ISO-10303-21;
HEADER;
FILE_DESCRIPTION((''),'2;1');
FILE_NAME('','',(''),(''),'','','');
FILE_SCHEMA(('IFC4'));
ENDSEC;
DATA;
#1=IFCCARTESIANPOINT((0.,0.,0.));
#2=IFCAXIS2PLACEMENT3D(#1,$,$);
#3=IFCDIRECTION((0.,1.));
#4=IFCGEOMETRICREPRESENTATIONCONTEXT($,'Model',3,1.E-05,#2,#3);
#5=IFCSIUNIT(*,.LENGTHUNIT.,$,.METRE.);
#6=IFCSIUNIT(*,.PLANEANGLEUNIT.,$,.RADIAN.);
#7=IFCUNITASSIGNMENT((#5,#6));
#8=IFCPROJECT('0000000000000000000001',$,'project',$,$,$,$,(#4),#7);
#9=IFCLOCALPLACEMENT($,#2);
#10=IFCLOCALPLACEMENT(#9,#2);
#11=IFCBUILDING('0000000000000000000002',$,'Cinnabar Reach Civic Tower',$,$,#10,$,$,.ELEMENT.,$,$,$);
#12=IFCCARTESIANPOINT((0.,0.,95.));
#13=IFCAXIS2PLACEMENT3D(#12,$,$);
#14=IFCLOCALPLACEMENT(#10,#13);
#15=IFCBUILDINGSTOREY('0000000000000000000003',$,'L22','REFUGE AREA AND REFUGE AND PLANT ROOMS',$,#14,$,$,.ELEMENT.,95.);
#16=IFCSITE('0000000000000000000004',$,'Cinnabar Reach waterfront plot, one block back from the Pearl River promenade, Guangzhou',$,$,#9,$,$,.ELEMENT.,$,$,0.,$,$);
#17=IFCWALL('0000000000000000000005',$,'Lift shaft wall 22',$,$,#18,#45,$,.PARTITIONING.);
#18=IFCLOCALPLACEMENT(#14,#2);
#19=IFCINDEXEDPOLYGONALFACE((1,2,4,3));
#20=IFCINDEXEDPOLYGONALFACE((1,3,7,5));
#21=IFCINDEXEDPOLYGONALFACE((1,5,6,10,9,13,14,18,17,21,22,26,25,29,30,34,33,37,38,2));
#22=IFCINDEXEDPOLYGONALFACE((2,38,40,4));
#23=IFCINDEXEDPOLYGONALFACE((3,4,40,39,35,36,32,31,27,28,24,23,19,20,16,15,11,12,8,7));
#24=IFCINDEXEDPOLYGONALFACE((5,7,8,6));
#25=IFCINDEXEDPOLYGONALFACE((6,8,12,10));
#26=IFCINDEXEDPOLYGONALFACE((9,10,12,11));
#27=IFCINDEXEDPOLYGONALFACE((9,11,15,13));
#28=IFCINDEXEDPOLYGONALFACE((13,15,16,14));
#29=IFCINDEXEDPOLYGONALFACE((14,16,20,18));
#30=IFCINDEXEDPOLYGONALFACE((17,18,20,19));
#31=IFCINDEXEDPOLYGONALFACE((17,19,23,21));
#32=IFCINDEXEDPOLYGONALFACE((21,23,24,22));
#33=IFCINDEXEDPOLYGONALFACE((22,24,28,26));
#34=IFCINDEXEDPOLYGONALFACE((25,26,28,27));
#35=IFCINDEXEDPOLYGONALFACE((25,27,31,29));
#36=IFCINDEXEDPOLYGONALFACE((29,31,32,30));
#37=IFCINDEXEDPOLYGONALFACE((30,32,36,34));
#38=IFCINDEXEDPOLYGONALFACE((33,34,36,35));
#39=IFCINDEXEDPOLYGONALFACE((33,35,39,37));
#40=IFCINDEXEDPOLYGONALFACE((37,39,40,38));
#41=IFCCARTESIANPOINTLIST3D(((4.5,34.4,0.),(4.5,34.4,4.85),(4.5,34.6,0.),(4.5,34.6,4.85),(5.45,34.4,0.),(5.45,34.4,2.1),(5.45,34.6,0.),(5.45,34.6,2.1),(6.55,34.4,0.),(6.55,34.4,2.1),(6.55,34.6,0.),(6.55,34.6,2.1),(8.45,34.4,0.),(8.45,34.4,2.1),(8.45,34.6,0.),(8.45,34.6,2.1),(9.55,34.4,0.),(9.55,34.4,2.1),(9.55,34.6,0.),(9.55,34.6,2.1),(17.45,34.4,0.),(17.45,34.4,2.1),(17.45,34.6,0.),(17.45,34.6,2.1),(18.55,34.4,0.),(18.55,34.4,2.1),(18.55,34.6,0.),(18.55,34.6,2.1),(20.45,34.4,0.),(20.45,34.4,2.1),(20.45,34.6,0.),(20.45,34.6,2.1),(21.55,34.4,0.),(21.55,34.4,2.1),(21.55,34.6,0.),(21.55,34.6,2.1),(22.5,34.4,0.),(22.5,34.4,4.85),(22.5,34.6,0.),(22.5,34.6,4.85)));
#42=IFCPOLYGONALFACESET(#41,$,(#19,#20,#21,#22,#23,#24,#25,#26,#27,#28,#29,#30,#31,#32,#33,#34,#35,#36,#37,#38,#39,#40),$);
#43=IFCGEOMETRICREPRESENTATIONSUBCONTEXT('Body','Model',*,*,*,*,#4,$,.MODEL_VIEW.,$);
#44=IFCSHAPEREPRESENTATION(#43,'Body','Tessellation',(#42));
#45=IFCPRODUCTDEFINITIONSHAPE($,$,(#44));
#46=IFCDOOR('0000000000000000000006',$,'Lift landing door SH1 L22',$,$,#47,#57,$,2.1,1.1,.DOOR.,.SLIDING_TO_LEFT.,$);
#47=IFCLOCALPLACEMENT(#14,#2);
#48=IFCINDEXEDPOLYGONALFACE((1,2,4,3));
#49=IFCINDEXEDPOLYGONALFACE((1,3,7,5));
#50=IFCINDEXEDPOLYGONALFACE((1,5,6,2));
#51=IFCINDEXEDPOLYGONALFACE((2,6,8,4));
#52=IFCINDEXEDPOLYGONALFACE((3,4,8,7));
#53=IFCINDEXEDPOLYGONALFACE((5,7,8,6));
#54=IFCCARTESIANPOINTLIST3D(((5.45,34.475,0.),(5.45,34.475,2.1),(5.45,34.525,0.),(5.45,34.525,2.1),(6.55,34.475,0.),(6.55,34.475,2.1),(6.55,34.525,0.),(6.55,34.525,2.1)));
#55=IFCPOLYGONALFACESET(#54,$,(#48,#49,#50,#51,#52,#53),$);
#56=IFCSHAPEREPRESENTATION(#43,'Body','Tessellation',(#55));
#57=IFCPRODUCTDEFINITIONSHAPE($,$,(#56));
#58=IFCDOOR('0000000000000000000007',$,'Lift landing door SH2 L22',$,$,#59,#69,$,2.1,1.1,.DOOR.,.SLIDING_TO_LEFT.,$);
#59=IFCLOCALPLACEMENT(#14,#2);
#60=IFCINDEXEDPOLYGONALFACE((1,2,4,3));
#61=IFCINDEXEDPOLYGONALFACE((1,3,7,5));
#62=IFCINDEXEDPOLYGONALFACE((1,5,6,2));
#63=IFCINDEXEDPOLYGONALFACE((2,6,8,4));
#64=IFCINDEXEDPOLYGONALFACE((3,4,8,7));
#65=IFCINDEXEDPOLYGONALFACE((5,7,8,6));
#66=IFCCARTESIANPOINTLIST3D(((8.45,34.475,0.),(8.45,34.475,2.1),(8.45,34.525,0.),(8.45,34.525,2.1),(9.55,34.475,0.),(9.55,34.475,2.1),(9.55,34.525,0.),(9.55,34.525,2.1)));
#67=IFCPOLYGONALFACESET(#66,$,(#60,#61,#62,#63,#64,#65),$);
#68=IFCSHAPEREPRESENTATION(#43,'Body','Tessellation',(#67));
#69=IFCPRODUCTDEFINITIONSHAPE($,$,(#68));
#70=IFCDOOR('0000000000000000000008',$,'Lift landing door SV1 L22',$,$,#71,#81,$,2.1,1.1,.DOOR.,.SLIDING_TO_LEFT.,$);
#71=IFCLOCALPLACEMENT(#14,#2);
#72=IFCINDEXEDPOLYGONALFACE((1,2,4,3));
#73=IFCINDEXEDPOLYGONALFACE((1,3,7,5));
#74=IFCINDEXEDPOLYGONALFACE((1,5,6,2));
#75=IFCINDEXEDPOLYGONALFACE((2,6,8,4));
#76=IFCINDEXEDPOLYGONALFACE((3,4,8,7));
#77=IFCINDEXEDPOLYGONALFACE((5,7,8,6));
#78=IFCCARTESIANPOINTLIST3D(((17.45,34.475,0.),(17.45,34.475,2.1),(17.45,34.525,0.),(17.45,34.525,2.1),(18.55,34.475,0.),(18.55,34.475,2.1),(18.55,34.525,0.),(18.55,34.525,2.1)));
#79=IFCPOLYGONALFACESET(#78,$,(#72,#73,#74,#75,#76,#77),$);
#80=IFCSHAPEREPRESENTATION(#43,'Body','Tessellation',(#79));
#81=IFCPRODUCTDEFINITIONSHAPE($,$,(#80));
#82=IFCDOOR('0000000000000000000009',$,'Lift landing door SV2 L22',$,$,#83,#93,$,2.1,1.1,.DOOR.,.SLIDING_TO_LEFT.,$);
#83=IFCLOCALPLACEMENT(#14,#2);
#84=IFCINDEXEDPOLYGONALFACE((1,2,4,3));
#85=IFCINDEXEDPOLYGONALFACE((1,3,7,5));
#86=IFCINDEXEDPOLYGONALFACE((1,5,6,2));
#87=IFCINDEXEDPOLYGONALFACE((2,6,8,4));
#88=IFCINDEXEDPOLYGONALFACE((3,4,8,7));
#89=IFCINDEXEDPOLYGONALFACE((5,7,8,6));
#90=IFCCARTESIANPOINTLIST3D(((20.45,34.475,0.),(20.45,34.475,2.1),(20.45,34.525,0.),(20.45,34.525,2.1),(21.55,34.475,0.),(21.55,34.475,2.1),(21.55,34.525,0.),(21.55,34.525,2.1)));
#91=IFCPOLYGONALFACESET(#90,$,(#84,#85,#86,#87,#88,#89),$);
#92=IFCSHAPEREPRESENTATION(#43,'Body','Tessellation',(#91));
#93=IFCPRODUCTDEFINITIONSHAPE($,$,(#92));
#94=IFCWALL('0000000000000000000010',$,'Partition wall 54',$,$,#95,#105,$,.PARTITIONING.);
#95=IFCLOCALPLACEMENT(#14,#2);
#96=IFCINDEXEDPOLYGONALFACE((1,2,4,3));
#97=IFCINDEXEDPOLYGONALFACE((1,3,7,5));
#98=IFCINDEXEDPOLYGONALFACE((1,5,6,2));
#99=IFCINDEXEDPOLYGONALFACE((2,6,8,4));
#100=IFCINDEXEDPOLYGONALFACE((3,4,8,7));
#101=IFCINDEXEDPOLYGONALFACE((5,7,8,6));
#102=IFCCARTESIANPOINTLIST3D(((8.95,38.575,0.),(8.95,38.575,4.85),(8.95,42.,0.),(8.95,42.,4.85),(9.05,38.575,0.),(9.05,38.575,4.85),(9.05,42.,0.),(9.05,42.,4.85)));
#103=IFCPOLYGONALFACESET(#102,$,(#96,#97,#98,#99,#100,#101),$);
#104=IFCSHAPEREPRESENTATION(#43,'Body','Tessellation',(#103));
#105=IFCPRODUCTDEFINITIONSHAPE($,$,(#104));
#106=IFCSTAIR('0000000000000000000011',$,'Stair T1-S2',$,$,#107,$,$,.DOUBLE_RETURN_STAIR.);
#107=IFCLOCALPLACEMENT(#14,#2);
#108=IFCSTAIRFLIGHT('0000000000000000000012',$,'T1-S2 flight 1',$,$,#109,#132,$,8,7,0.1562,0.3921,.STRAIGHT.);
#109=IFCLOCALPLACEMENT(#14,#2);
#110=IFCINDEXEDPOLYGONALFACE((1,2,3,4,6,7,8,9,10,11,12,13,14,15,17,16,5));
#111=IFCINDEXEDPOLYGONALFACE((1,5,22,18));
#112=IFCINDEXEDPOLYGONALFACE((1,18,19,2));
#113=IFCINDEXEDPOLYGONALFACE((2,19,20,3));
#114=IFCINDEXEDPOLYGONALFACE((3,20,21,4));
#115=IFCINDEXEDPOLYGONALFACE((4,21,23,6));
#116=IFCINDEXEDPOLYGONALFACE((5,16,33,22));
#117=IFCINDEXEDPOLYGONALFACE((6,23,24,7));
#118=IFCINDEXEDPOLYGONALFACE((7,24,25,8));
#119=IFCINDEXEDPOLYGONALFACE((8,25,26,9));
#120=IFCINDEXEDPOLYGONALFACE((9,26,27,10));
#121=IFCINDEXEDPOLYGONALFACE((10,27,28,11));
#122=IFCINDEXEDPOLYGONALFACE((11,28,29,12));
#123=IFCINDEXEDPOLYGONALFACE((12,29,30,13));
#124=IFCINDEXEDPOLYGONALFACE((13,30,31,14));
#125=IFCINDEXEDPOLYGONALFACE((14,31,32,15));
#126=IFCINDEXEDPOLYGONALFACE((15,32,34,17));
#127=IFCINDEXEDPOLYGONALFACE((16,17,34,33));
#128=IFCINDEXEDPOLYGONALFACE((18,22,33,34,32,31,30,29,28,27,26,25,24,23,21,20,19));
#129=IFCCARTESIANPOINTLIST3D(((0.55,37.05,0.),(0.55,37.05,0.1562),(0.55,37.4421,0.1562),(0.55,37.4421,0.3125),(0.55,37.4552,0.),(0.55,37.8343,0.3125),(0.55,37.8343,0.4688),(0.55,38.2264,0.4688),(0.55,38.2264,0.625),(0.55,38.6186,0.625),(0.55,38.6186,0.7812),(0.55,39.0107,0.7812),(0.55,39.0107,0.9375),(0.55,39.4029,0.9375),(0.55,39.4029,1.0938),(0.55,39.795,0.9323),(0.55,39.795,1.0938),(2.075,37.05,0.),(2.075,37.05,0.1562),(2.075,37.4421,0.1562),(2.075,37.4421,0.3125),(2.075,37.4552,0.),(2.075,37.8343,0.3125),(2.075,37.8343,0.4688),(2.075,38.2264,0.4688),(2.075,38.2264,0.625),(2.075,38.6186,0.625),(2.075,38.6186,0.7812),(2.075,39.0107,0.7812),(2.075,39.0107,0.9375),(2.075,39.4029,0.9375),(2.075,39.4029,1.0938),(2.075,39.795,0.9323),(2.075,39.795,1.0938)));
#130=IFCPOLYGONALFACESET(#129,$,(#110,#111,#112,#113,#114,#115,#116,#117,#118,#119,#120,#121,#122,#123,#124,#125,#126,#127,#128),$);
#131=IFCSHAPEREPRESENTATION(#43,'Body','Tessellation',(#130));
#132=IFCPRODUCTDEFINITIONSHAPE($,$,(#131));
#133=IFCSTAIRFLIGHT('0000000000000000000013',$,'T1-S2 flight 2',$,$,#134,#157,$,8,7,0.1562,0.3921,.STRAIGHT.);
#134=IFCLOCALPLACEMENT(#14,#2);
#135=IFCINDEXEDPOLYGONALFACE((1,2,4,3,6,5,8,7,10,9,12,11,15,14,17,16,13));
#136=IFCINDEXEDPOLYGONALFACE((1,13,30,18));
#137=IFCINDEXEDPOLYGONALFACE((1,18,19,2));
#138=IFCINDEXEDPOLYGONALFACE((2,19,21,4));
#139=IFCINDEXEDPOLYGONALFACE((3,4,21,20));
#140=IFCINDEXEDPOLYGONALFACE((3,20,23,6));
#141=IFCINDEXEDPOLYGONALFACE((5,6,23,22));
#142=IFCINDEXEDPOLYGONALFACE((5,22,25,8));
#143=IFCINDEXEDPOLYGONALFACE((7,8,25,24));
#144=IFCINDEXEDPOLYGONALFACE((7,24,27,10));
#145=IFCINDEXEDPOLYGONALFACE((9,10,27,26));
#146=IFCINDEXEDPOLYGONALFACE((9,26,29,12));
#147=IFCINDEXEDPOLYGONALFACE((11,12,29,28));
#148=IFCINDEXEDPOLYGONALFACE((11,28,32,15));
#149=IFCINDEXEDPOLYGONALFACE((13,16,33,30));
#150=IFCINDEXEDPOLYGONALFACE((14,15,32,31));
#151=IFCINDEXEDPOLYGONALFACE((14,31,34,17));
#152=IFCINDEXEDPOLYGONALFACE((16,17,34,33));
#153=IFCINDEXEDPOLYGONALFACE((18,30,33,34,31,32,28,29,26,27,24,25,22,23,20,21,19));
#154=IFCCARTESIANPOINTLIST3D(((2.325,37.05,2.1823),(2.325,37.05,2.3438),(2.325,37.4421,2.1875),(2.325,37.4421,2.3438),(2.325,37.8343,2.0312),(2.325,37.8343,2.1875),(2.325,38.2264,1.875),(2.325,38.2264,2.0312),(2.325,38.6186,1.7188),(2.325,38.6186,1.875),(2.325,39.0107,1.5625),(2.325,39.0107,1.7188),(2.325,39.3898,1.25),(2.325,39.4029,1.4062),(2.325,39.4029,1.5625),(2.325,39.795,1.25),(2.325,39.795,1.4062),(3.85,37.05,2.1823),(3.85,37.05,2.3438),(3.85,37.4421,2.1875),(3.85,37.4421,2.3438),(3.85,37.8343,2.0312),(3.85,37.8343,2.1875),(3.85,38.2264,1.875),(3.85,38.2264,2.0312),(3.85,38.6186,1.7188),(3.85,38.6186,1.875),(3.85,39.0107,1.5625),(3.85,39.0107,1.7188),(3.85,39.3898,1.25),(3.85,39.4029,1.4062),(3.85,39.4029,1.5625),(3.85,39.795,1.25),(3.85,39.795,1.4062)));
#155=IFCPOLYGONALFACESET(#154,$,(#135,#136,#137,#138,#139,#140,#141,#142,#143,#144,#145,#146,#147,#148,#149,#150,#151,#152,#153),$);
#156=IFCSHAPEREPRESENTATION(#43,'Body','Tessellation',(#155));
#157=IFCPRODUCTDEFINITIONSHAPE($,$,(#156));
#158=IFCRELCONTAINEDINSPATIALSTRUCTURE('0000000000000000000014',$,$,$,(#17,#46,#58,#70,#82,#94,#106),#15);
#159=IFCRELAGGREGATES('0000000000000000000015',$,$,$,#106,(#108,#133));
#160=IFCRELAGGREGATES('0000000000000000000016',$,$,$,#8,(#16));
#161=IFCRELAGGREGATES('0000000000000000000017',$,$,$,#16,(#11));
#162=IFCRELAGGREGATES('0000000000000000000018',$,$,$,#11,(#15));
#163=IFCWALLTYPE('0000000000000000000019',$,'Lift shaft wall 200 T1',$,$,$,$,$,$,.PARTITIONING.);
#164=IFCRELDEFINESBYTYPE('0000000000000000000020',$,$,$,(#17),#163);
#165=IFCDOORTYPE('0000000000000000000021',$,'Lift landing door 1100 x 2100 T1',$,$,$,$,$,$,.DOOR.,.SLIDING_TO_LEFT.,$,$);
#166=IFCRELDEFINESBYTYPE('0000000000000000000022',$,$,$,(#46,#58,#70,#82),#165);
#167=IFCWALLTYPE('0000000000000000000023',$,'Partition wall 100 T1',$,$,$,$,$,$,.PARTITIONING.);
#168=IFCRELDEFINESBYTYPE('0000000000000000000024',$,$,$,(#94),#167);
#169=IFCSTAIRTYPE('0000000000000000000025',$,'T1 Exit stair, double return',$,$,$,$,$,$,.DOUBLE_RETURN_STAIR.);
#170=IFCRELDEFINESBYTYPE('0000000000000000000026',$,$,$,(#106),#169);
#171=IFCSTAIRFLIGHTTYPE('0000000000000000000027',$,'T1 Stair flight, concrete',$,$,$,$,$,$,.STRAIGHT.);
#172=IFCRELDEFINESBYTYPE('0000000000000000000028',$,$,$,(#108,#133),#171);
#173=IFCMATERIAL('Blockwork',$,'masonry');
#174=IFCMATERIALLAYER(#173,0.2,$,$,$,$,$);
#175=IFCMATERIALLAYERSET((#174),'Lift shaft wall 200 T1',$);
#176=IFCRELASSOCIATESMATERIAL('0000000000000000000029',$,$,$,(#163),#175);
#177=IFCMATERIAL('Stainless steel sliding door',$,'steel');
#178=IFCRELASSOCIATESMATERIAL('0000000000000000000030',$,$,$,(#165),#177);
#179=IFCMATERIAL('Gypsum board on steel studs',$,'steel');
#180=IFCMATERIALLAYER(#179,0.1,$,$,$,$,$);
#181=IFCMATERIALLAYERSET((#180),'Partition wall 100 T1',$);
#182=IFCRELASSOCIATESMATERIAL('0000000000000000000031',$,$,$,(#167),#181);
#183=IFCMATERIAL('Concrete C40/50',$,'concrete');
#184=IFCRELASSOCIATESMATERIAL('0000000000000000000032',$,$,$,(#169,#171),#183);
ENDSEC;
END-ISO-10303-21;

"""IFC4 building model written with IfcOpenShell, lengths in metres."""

from ifc_helpers import new_model, si_unit, direction, frame, frame_2d, origin, place, context, subcontext, project, spatial, polyline, rectangle, outline, extrude, material, layer, layer_set, type_object, element, fill, aggregate, save


model = new_model("IFC4")

# Units and contexts
model_context = context("Model", 3, precision=1e-05, world=origin(), true_north=direction((0.0, 1.0)))
body_context = subcontext(model_context, "Body", "Model", "MODEL_VIEW")
ifc_project = project(units=[si_unit("LENGTHUNIT", "METRE"), si_unit("PLANEANGLEUNIT", "RADIAN")], contexts=[model_context])

# Site, building, storey
site_placement = place(None, origin())
site = spatial("IfcSite", under=ifc_project, at=site_placement, Name="Cinnabar Reach waterfront plot, one block back from the Pearl River promenade, Guangzhou", CompositionType="ELEMENT", RefElevation=0.0)
building_placement = place(site_placement, origin())
building = spatial("IfcBuilding", under=site, at=building_placement, Name="Cinnabar Reach Civic Tower", CompositionType="ELEMENT")
storey_placement = place(building_placement, frame((0.0, 0.0, 95.0)))
storey = spatial("IfcBuildingStorey", under=building, at=storey_placement, Name="L22", Description="REFUGE AREA AND REFUGE AND PLANT ROOMS", CompositionType="ELEMENT", Elevation=95.0)

# Wall, openings, doors
ifc_material_1 = material(Name="Blockwork", Category="masonry")
ifc_layer_1 = layer(ifc_material_1, 0.2)
ifc_layer_set_1 = layer_set([ifc_layer_1], Name="Lift shaft wall 200 T1")
wall_type_1 = type_object("IfcWallType", Name="Lift shaft wall 200 T1", PredefinedType="PARTITIONING", material=ifc_layer_set_1)
wall_1_placement = place(storey_placement, frame((4.5, 34.5, 0.0), z_axis=(0.0, 0.0, 1.0), x_axis=(1.0, 0.0, 0.0)))
wall_1 = element("IfcWall", 1, at=wall_1_placement, inside=storey, type_object=wall_type_1, Name="Lift shaft wall 22", PredefinedType="PARTITIONING", context=body_context, shape_type="SweptSolid", body=[
    extrude(rectangle(XDim=18.0, YDim=0.2, at=frame_2d((9.0, 0.0))), origin(), (0.0, 0.0, 1.0), 4.85),
])
opening_1_placement = place(wall_1_placement, frame((0.95, 0.0, 0.0)))
opening_1 = element("IfcOpeningElement", 2, at=opening_1_placement, cuts=wall_1, PredefinedType="OPENING", context=body_context, shape_type="SweptSolid", body=[
    extrude(rectangle(XDim=1.1, YDim=2.1, at=frame_2d((0.55, 1.05))), frame((0.0, 0.11, 0.0), z_axis=(0.0, -1.0, 0.0), x_axis=(1.0, 0.0, 0.0)), (0.0, 0.0, 1.0), 0.22),
])
opening_2_placement = place(wall_1_placement, frame((3.95, 0.0, 0.0)))
opening_2 = element("IfcOpeningElement", 3, at=opening_2_placement, cuts=wall_1, PredefinedType="OPENING", context=body_context, shape_type="SweptSolid", body=[
    extrude(rectangle(XDim=1.1, YDim=2.1, at=frame_2d((0.55, 1.05))), frame((0.0, 0.11, 0.0), z_axis=(0.0, -1.0, 0.0), x_axis=(1.0, 0.0, 0.0)), (0.0, 0.0, 1.0), 0.22),
])
opening_3_placement = place(wall_1_placement, frame((12.95, 0.0, 0.0)))
opening_3 = element("IfcOpeningElement", 4, at=opening_3_placement, cuts=wall_1, PredefinedType="OPENING", context=body_context, shape_type="SweptSolid", body=[
    extrude(rectangle(XDim=1.1, YDim=2.1, at=frame_2d((0.55, 1.05))), frame((0.0, 0.11, 0.0), z_axis=(0.0, -1.0, 0.0), x_axis=(1.0, 0.0, 0.0)), (0.0, 0.0, 1.0), 0.22),
])
opening_4_placement = place(wall_1_placement, frame((15.95, 0.0, 0.0)))
opening_4 = element("IfcOpeningElement", 5, at=opening_4_placement, cuts=wall_1, PredefinedType="OPENING", context=body_context, shape_type="SweptSolid", body=[
    extrude(rectangle(XDim=1.1, YDim=2.1, at=frame_2d((0.55, 1.05))), frame((0.0, 0.11, 0.0), z_axis=(0.0, -1.0, 0.0), x_axis=(1.0, 0.0, 0.0)), (0.0, 0.0, 1.0), 0.22),
])
ifc_material_2 = material(Name="Stainless steel sliding door", Category="steel")
door_type_1 = type_object("IfcDoorType", Name="Lift landing door 1100 x 2100 T1", OperationType="SLIDING_TO_LEFT", PredefinedType="DOOR", material=ifc_material_2)
door_1_placement = place(opening_1_placement, origin())
door_1 = element("IfcDoor", 6, at=door_1_placement, inside=storey, type_object=door_type_1, Name="Lift landing door SH1 L22", OperationType="SLIDING_TO_LEFT", OverallHeight=2.1, OverallWidth=1.1, PredefinedType="DOOR", context=body_context, shape_type="SweptSolid", body=[
    extrude(rectangle(XDim=1.1, YDim=2.1, at=frame_2d((0.55, 1.05))), frame((0.0, 0.025, 0.0), z_axis=(0.0, -1.0, 0.0), x_axis=(1.0, 0.0, 0.0)), (0.0, 0.0, 1.0), 0.05),
])
fill(opening_1, door_1)
door_2_placement = place(opening_2_placement, origin())
door_2 = element("IfcDoor", 7, at=door_2_placement, inside=storey, type_object=door_type_1, Name="Lift landing door SH2 L22", OperationType="SLIDING_TO_LEFT", OverallHeight=2.1, OverallWidth=1.1, PredefinedType="DOOR", context=body_context, shape_type="SweptSolid", body=[
    extrude(rectangle(XDim=1.1, YDim=2.1, at=frame_2d((0.55, 1.05))), frame((0.0, 0.025, 0.0), z_axis=(0.0, -1.0, 0.0), x_axis=(1.0, 0.0, 0.0)), (0.0, 0.0, 1.0), 0.05),
])
fill(opening_2, door_2)
door_3_placement = place(opening_3_placement, origin())
door_3 = element("IfcDoor", 8, at=door_3_placement, inside=storey, type_object=door_type_1, Name="Lift landing door SV1 L22", OperationType="SLIDING_TO_LEFT", OverallHeight=2.1, OverallWidth=1.1, PredefinedType="DOOR", context=body_context, shape_type="SweptSolid", body=[
    extrude(rectangle(XDim=1.1, YDim=2.1, at=frame_2d((0.55, 1.05))), frame((0.0, 0.025, 0.0), z_axis=(0.0, -1.0, 0.0), x_axis=(1.0, 0.0, 0.0)), (0.0, 0.0, 1.0), 0.05),
])
fill(opening_3, door_3)
door_4_placement = place(opening_4_placement, origin())
door_4 = element("IfcDoor", 9, at=door_4_placement, inside=storey, type_object=door_type_1, Name="Lift landing door SV2 L22", OperationType="SLIDING_TO_LEFT", OverallHeight=2.1, OverallWidth=1.1, PredefinedType="DOOR", context=body_context, shape_type="SweptSolid", body=[
    extrude(rectangle(XDim=1.1, YDim=2.1, at=frame_2d((0.55, 1.05))), frame((0.0, 0.025, 0.0), z_axis=(0.0, -1.0, 0.0), x_axis=(1.0, 0.0, 0.0)), (0.0, 0.0, 1.0), 0.05),
])
fill(opening_4, door_4)

# Wall
ifc_material_3 = material(Name="Gypsum board on steel studs", Category="steel")
ifc_layer_2 = layer(ifc_material_3, 0.1)
ifc_layer_set_2 = layer_set([ifc_layer_2], Name="Partition wall 100 T1")
wall_type_2 = type_object("IfcWallType", Name="Partition wall 100 T1", PredefinedType="PARTITIONING", material=ifc_layer_set_2)
wall_2_placement = place(storey_placement, frame((9.0, 38.575, 0.0), z_axis=(0.0, 0.0, 1.0), x_axis=(0.0, 1.0, 0.0)))
element("IfcWall", 10, at=wall_2_placement, inside=storey, type_object=wall_type_2, Name="Partition wall 54", PredefinedType="PARTITIONING", context=body_context, shape_type="SweptSolid", body=[
    extrude(rectangle(XDim=3.425, YDim=0.1, at=frame_2d((1.7125, 0.0))), origin(), (0.0, 0.0, 1.0), 4.85),
])

# Stair, stair flights
ifc_material_4 = material(Name="Concrete C40/50", Category="concrete")
stair_type = type_object("IfcStairType", Name="T1 Exit stair, double return", PredefinedType="DOUBLE_RETURN_STAIR", material=ifc_material_4)
stair_placement = place(storey_placement, origin())
stair = element("IfcStair", 11, at=stair_placement, inside=storey, type_object=stair_type, Name="Stair T1-S2", PredefinedType="DOUBLE_RETURN_STAIR")
stair_flight_type = type_object("IfcStairFlightType", Name="T1 Stair flight, concrete", PredefinedType="STRAIGHT", material=ifc_material_4)
stair_flight_1_placement = place(storey_placement, frame((1.3125, 37.05, 0.0), z_axis=(0.0, 0.0, 1.0), x_axis=(0.0, 1.0, 0.0)))
stair_flight_1 = element("IfcStairFlight", 12, at=stair_flight_1_placement, type_object=stair_flight_type, Name="T1-S2 flight 1", NumberOfRisers=8, NumberOfTreads=7, PredefinedType="STRAIGHT", RiserHeight=0.1562, TreadLength=0.3921, context=body_context, shape_type="SweptSolid", body=[
    extrude(outline(polyline([(0.0, 0.0), (0.0, 0.1562), (0.3921, 0.1562), (0.3921, 0.3125), (0.7843, 0.3125), (0.7843, 0.4688), (1.1764, 0.4688), (1.1764, 0.625), (1.5686, 0.625), (1.5686, 0.7812), (1.9607, 0.7812), (1.9607, 0.9375), (2.3529, 0.9375), (2.3529, 1.0938), (2.745, 1.0938), (2.745, 1.25), (2.745, 0.9323), (0.4052, 0.0), (0.0, 0.0)])), frame((0.0, 0.7625, 0.0), z_axis=(0.0, -1.0, 0.0), x_axis=(1.0, 0.0, 0.0)), (0.0, 0.0, 1.0), 1.525),
])
stair_flight_2_placement = place(storey_placement, frame((3.0875, 39.795, 1.25), z_axis=(0.0, 0.0, 1.0), x_axis=(0.0, -1.0, 0.0)))
stair_flight_2 = element("IfcStairFlight", 13, at=stair_flight_2_placement, type_object=stair_flight_type, Name="T1-S2 flight 2", NumberOfRisers=8, NumberOfTreads=7, PredefinedType="STRAIGHT", RiserHeight=0.1562, TreadLength=0.3921, context=body_context, shape_type="SweptSolid", body=[
    extrude(outline(polyline([(0.0, 0.0), (0.0, 0.1562), (0.3921, 0.1562), (0.3921, 0.3125), (0.7843, 0.3125), (0.7843, 0.4688), (1.1764, 0.4688), (1.1764, 0.625), (1.5686, 0.625), (1.5686, 0.7812), (1.9607, 0.7812), (1.9607, 0.9375), (2.3529, 0.9375), (2.3529, 1.0938), (2.745, 1.0938), (2.745, 1.25), (2.745, 0.9323), (0.4052, 0.0), (0.0, 0.0)])), frame((0.0, 0.7625, 0.0), z_axis=(0.0, -1.0, 0.0), x_axis=(1.0, 0.0, 0.0)), (0.0, 0.0, 1.0), 1.525),
])
aggregate(stair, [stair_flight_1, stair_flight_2])

save(model, "model.ifc")
